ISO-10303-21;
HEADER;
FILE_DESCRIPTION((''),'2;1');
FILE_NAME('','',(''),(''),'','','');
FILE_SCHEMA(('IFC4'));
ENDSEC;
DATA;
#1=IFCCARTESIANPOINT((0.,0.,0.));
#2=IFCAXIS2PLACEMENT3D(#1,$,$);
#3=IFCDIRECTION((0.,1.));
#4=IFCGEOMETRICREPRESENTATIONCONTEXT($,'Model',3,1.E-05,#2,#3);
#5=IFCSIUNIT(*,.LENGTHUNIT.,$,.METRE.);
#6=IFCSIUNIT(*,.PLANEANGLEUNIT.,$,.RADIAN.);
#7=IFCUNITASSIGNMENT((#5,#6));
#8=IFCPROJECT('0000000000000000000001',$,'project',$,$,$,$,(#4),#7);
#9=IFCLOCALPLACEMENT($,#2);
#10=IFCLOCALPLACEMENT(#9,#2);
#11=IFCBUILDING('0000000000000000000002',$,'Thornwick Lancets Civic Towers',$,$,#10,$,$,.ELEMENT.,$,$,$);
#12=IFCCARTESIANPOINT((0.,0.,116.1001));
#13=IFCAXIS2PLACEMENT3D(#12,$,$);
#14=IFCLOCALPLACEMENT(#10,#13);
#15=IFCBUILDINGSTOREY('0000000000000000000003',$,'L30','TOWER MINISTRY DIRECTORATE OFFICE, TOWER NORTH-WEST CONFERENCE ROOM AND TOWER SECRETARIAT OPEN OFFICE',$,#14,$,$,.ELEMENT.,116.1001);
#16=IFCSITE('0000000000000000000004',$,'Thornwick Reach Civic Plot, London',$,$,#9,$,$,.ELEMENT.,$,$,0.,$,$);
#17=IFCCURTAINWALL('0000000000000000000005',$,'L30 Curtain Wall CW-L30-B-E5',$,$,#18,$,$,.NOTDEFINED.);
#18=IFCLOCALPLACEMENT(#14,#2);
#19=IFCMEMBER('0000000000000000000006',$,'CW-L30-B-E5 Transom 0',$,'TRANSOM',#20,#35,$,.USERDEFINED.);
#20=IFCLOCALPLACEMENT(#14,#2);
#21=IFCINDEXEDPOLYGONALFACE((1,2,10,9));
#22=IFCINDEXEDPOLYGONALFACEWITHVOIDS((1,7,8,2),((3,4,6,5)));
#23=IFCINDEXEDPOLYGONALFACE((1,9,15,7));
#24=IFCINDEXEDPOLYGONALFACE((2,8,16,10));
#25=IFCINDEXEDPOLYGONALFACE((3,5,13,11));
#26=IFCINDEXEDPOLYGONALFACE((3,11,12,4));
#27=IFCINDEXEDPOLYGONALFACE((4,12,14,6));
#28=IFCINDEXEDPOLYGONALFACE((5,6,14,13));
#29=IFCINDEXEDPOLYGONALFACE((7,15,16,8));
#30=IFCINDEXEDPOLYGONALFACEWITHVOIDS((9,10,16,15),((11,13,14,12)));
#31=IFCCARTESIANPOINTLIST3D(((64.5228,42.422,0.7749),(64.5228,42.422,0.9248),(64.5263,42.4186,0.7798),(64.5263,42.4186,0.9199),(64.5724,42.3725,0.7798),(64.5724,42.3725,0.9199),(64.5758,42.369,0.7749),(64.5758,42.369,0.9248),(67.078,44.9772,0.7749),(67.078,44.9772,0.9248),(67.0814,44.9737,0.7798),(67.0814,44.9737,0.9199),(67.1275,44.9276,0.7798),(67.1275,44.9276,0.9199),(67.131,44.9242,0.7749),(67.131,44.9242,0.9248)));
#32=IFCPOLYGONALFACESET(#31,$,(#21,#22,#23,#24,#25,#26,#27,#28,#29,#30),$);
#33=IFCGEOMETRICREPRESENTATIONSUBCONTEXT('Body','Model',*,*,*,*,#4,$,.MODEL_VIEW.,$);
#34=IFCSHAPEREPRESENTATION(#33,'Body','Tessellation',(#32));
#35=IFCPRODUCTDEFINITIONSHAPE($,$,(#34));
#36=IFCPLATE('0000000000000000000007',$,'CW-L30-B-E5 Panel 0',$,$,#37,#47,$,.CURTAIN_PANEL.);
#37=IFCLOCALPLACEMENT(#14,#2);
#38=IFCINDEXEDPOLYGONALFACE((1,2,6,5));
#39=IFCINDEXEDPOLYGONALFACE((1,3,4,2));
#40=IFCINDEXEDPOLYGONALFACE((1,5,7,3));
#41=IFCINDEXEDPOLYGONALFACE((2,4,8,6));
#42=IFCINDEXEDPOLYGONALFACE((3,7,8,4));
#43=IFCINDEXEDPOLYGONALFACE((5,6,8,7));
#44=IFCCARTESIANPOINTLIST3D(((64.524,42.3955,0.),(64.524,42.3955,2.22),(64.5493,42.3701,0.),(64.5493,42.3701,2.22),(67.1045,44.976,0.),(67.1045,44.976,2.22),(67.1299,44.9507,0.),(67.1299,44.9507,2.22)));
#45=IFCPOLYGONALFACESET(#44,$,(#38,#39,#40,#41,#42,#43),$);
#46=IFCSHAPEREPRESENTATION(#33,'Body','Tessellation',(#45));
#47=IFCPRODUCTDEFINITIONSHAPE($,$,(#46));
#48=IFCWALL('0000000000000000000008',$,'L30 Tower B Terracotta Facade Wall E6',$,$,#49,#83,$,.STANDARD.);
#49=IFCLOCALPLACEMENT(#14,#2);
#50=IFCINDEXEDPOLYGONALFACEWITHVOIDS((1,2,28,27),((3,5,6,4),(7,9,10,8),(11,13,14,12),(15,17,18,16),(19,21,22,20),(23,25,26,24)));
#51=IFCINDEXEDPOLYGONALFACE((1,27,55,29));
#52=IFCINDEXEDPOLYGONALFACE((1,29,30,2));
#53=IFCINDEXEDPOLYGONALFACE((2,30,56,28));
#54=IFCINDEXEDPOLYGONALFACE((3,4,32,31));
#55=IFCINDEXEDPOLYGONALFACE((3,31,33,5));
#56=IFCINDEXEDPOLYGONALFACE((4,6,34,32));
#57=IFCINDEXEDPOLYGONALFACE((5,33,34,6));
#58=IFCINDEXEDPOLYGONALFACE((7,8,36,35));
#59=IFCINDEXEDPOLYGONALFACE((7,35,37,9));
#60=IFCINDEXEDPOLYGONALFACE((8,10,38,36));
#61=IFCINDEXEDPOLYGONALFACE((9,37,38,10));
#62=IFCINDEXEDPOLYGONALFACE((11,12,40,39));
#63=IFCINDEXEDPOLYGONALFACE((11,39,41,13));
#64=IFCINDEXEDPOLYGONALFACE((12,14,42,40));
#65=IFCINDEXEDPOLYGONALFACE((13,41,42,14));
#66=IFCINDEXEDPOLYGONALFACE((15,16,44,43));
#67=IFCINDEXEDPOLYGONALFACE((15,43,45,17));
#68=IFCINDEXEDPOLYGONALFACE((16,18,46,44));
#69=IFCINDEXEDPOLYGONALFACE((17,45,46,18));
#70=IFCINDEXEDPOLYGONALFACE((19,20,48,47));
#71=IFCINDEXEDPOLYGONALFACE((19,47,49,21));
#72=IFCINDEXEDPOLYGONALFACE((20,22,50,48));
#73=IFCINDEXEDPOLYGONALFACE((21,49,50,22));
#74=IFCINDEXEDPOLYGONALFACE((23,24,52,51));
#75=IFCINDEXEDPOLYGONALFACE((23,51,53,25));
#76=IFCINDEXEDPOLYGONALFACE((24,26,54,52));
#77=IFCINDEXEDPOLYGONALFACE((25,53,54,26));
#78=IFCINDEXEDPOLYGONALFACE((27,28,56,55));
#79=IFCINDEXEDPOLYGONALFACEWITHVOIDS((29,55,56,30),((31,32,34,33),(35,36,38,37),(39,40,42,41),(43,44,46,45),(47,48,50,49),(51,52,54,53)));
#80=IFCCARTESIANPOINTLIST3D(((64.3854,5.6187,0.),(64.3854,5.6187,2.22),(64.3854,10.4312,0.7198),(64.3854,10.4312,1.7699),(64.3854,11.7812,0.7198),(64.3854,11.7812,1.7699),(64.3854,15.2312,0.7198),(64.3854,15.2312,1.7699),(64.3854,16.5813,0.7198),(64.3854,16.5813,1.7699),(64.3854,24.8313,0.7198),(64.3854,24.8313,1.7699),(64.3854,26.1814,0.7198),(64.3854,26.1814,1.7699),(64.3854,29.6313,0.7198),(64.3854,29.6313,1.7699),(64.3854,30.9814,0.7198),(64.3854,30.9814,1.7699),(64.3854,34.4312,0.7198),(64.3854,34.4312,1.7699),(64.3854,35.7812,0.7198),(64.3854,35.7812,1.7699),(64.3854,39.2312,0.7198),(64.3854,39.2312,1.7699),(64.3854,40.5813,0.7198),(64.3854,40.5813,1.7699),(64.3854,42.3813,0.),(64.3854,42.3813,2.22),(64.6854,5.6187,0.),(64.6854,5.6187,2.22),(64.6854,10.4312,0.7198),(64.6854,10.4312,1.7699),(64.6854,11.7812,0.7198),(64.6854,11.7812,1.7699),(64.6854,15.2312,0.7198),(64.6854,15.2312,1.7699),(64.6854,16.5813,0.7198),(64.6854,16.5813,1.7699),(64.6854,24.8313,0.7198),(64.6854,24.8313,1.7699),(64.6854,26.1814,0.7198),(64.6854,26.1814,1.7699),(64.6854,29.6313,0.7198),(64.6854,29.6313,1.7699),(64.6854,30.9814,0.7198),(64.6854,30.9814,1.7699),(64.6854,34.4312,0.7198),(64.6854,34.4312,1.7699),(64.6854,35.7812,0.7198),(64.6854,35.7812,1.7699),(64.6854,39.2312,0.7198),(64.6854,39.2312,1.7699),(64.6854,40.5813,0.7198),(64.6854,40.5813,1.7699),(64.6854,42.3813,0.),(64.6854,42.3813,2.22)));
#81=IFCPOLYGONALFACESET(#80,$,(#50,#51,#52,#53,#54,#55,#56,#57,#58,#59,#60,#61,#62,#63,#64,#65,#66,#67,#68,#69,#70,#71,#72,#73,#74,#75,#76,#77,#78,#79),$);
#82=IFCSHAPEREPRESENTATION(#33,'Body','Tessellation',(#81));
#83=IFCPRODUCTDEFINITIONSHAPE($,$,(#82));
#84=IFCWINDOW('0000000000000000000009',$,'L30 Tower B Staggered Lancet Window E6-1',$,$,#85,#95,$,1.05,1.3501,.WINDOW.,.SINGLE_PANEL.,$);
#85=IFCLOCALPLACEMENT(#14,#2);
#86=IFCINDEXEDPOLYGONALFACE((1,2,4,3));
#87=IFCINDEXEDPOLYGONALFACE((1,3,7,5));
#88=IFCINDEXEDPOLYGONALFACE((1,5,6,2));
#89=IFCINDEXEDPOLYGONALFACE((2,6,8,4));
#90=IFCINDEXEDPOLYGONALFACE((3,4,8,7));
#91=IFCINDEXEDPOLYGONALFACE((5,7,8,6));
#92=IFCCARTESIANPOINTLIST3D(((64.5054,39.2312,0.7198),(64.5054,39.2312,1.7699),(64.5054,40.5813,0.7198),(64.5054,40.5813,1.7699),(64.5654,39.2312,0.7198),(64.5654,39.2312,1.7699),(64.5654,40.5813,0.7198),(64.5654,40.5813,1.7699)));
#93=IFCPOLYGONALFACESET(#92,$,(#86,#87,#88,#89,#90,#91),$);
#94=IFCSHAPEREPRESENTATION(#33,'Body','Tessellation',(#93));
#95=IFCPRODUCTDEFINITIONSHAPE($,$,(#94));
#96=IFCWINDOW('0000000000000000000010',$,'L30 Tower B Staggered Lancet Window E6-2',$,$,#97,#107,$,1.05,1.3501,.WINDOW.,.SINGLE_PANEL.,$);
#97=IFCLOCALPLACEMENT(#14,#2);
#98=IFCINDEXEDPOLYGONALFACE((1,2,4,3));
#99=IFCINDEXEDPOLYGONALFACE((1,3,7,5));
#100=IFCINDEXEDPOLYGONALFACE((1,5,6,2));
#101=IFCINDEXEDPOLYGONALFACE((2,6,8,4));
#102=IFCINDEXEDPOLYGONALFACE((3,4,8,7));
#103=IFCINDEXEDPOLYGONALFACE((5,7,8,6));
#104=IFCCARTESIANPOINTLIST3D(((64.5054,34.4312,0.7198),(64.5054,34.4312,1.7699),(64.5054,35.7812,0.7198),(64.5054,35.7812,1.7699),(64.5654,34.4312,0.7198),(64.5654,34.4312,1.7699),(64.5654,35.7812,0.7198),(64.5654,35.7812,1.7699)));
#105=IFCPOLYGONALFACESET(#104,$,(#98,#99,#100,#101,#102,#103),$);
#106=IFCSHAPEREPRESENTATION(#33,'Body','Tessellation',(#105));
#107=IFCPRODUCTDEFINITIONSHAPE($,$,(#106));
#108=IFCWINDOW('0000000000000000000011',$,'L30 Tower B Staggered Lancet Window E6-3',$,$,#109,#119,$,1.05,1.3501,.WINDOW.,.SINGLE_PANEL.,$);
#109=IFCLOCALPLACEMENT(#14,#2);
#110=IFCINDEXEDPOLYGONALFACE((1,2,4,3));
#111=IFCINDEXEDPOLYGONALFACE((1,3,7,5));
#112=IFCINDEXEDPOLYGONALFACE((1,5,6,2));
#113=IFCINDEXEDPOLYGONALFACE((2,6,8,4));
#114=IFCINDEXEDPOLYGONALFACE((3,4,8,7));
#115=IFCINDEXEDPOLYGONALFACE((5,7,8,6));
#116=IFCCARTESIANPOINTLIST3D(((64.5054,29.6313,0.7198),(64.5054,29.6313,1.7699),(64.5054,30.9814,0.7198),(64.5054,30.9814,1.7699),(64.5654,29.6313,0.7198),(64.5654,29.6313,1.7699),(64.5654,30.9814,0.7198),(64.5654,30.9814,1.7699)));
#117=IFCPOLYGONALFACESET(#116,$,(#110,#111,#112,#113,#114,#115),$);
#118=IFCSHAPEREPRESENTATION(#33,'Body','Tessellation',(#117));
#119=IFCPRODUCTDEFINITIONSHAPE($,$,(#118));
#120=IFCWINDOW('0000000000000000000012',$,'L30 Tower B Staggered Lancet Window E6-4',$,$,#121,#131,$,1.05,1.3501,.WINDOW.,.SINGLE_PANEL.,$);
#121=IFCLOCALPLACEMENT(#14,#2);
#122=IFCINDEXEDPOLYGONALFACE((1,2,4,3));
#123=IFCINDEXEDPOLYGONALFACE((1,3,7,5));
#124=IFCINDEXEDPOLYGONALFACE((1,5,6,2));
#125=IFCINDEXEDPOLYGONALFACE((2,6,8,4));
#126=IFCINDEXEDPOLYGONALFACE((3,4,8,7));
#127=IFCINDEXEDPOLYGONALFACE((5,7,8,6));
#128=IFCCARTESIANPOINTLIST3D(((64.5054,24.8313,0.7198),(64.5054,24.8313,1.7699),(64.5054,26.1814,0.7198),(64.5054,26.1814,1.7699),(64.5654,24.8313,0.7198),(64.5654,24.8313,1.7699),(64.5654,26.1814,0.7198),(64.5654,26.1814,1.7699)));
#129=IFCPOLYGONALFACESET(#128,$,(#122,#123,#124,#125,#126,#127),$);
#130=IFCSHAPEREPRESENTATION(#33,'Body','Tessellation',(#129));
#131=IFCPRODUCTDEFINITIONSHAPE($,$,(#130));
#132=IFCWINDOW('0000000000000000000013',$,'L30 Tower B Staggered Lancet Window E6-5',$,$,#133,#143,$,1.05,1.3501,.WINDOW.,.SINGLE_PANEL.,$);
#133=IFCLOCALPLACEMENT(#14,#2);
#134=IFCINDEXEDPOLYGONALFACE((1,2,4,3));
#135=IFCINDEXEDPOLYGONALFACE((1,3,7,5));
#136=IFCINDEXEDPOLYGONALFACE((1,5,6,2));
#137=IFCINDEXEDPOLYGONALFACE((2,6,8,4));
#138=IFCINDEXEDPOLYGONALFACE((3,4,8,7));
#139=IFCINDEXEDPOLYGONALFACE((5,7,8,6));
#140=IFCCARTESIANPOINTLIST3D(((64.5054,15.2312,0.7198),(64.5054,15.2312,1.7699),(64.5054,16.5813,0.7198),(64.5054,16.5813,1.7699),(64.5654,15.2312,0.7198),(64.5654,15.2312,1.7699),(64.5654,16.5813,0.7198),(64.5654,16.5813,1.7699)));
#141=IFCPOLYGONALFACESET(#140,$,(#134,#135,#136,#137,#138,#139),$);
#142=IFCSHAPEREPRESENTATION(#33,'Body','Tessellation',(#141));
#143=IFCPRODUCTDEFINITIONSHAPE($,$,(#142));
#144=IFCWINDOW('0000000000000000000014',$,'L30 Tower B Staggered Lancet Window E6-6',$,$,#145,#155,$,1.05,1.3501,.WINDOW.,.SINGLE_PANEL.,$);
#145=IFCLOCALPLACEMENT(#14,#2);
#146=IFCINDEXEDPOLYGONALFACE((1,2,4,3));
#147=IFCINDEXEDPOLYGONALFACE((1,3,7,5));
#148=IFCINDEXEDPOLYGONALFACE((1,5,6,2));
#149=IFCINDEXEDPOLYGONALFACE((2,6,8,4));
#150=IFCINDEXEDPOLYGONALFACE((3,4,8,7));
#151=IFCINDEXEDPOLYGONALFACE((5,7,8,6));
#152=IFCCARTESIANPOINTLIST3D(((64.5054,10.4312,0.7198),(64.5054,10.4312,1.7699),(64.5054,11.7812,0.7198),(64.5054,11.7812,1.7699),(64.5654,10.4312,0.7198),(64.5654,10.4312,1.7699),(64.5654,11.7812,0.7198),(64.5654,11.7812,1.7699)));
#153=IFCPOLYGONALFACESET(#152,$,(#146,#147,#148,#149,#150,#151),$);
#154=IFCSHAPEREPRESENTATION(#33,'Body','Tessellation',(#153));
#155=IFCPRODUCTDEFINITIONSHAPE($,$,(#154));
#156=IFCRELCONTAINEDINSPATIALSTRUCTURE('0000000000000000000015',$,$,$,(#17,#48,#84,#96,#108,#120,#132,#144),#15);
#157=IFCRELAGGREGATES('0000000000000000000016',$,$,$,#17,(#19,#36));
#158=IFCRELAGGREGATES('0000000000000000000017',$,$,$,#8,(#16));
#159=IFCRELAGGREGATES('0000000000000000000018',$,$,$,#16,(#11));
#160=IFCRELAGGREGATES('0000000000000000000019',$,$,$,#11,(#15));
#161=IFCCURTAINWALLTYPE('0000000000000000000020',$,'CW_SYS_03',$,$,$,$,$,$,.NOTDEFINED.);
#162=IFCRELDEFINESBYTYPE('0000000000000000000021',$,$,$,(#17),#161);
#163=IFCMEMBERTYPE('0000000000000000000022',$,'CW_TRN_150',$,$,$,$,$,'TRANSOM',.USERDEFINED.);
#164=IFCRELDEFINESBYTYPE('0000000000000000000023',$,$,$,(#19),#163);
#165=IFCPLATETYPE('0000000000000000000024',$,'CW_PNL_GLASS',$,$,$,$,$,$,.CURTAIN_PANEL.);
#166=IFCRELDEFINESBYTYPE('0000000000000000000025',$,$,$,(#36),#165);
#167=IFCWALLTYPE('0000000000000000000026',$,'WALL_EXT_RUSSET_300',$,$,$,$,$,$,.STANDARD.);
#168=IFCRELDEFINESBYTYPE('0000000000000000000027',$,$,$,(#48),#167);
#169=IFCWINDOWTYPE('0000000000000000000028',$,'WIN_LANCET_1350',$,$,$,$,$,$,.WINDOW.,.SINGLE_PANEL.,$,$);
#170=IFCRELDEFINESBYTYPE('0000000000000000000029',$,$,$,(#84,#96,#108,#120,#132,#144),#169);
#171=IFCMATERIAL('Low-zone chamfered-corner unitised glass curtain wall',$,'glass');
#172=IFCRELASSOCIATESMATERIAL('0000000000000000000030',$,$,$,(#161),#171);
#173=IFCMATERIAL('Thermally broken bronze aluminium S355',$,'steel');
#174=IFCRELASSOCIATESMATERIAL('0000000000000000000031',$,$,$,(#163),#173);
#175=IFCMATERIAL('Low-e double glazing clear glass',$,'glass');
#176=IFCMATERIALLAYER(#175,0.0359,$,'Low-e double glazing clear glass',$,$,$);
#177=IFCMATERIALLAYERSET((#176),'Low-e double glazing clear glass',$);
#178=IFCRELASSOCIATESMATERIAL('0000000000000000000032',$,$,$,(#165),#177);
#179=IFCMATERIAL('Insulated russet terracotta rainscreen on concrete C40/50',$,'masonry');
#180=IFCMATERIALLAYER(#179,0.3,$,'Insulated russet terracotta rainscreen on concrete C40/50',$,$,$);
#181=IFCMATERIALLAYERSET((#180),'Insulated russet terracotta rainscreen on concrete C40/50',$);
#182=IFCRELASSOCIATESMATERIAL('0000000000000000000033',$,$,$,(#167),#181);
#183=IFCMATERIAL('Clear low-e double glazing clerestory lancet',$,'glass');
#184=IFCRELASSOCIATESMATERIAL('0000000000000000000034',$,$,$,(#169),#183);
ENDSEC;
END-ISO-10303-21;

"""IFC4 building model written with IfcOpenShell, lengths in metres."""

from ifc_helpers import new_model, si_unit, direction, frame, frame_2d, origin, origin_2d, place, context, subcontext, project, spatial, rectangle, hollow_rectangle, extrude, material, layer, layer_set, material_profile, profile_set, type_object, element, fill, aggregate, save


model = new_model("IFC4")

# Units and contexts
model_context = context("Model", 3, precision=1e-05, world=origin(), true_north=direction((0.0, 1.0)))
body_context = subcontext(model_context, "Body", "Model", "MODEL_VIEW")
ifc_project = project(units=[si_unit("LENGTHUNIT", "METRE"), si_unit("PLANEANGLEUNIT", "RADIAN")], contexts=[model_context])

# Site, building, storey
site_placement = place(None, origin())
site = spatial("IfcSite", under=ifc_project, at=site_placement, Name="Thornwick Reach Civic Plot, London", CompositionType="ELEMENT", RefElevation=0.0)
building_placement = place(site_placement, origin())
building = spatial("IfcBuilding", under=site, at=building_placement, Name="Thornwick Lancets Civic Towers", CompositionType="ELEMENT")
storey_placement = place(building_placement, frame((0.0, 0.0, 116.1001)))
storey = spatial("IfcBuildingStorey", under=building, at=storey_placement, Name="L30", Description="TOWER MINISTRY DIRECTORATE OFFICE, TOWER NORTH-WEST CONFERENCE ROOM AND TOWER SECRETARIAT OPEN OFFICE", CompositionType="ELEMENT", Elevation=116.1001)

# Shared definitions
ifc_material_1 = material(Name="Low-zone chamfered-corner unitised glass curtain wall", Category="glass")
curtain_wall_type = type_object("IfcCurtainWallType", Name="CW_SYS_03", PredefinedType="NOTDEFINED", material=ifc_material_1)
ifc_material_2 = material(Name="Thermally broken bronze aluminium S355", Category="steel")

# Curtain wall
curtain_wall_1_placement = place(storey_placement, origin())
curtain_wall_1 = element("IfcCurtainWall", 1, at=curtain_wall_1_placement, inside=storey, type_object=curtain_wall_type, Name="L30 Curtain Wall CW-L30-B-E5", PredefinedType="NOTDEFINED")

# Member
ifc_material_profile_1 = material_profile(ifc_material_2, hollow_rectangle(XDim=0.075, YDim=0.1499, WallThickness=0.0049, at=origin_2d()), Name="RHS 150x75x5")
ifc_profile_set_1 = profile_set([ifc_material_profile_1], Name="Thermally broken bronze aluminium S355")
member_type_1 = type_object("IfcMemberType", Name="CW_TRN_150", ElementType="TRANSOM", PredefinedType="USERDEFINED", material=ifc_profile_set_1)
member_1_placement = place(storey_placement, frame((67.1045, 44.9507, 0.8499), z_axis=(-0.707107, -0.707107, 0.0), x_axis=(0.707107, -0.707107, 0.0)))
member_1 = element("IfcMember", 2, at=member_1_placement, type_object=member_type_1, Name="CW-L30-B-E5 Transom 0", ObjectType="TRANSOM", PredefinedType="USERDEFINED", context=body_context, shape_type="SweptSolid", body=[
    extrude(hollow_rectangle(XDim=0.075, YDim=0.1499, WallThickness=0.0049, at=origin_2d()), origin(), (0.0, 0.0, 1.0), 3.6135),
])

# Plate
ifc_material_3 = material(Name="Low-e double glazing clear glass", Category="glass")
ifc_layer_1 = layer(ifc_material_3, 0.0359, Name="Low-e double glazing clear glass")
ifc_layer_set_1 = layer_set([ifc_layer_1], Name="Low-e double glazing clear glass")
plate_type = type_object("IfcPlateType", Name="CW_PNL_GLASS", PredefinedType="CURTAIN_PANEL", material=ifc_layer_set_1)
plate_placement = place(storey_placement, frame((65.8269, 43.6731, 0.0), z_axis=(0.0, 0.0, 1.0), x_axis=(-0.707107, -0.707107, 0.0)))
plate = element("IfcPlate", 3, at=plate_placement, type_object=plate_type, Name="CW-L30-B-E5 Panel 0", PredefinedType="CURTAIN_PANEL", context=body_context, shape_type="SweptSolid", body=[
    extrude(rectangle(XDim=3.6494, YDim=0.0359, at=origin_2d()), origin(), (0.0, 0.0, 1.0), 2.22),
])
aggregate(curtain_wall_1, [member_1, plate])

# Wall, openings, windows
ifc_material_4 = material(Name="Insulated russet terracotta rainscreen on concrete C40/50", Category="masonry")
ifc_layer_2 = layer(ifc_material_4, 0.3, Name="Insulated russet terracotta rainscreen on concrete C40/50")
ifc_layer_set_2 = layer_set([ifc_layer_2], Name="Insulated russet terracotta rainscreen on concrete C40/50")
wall_type_1 = type_object("IfcWallType", Name="WALL_EXT_RUSSET_300", PredefinedType="STANDARD", material=ifc_layer_set_2)
wall_1_placement = place(storey_placement, frame((64.5354, 42.3813, 0.0), z_axis=(0.0, 0.0, 1.0), x_axis=(0.0, -1.0, 0.0)))
wall_1 = element("IfcWall", 4, at=wall_1_placement, inside=storey, type_object=wall_type_1, Name="L30 Tower B Terracotta Facade Wall E6", PredefinedType="STANDARD", context=body_context, shape_type="SweptSolid", body=[
    extrude(rectangle(XDim=36.7627, YDim=0.3, at=frame_2d((18.3813, 0.0))), origin(), (0.0, 0.0, 1.0), 2.22),
])
opening_1_placement = place(wall_1_placement, frame((1.8, 0.0, 0.72)))
opening_1 = element("IfcOpeningElement", 5, at=opening_1_placement, cuts=wall_1, PredefinedType="OPENING", context=body_context, shape_type="SweptSolid", body=[
    extrude(rectangle(XDim=1.3501, YDim=1.05, at=frame_2d((0.675, 0.5249))), frame((0.0, 0.1602, 0.0), z_axis=(0.0, -1.0, 0.0), x_axis=(1.0, 0.0, 0.0)), (0.0, 0.0, 1.0), 0.3201),
])
opening_2_placement = place(wall_1_placement, frame((6.6001, 0.0, 0.72)))
opening_2 = element("IfcOpeningElement", 6, at=opening_2_placement, cuts=wall_1, PredefinedType="OPENING", context=body_context, shape_type="SweptSolid", body=[
    extrude(rectangle(XDim=1.3501, YDim=1.05, at=frame_2d((0.675, 0.5249))), frame((0.0, 0.1602, 0.0), z_axis=(0.0, -1.0, 0.0), x_axis=(1.0, 0.0, 0.0)), (0.0, 0.0, 1.0), 0.3201),
])
opening_3_placement = place(wall_1_placement, frame((11.3999, 0.0, 0.72)))
opening_3 = element("IfcOpeningElement", 7, at=opening_3_placement, cuts=wall_1, PredefinedType="OPENING", context=body_context, shape_type="SweptSolid", body=[
    extrude(rectangle(XDim=1.3501, YDim=1.05, at=frame_2d((0.675, 0.5249))), frame((0.0, 0.1602, 0.0), z_axis=(0.0, -1.0, 0.0), x_axis=(1.0, 0.0, 0.0)), (0.0, 0.0, 1.0), 0.3201),
])
opening_4_placement = place(wall_1_placement, frame((16.2, 0.0, 0.72)))
opening_4 = element("IfcOpeningElement", 8, at=opening_4_placement, cuts=wall_1, PredefinedType="OPENING", context=body_context, shape_type="SweptSolid", body=[
    extrude(rectangle(XDim=1.3501, YDim=1.05, at=frame_2d((0.675, 0.5249))), frame((0.0, 0.1602, 0.0), z_axis=(0.0, -1.0, 0.0), x_axis=(1.0, 0.0, 0.0)), (0.0, 0.0, 1.0), 0.3201),
])
opening_5_placement = place(wall_1_placement, frame((25.8, 0.0, 0.72)))
opening_5 = element("IfcOpeningElement", 9, at=opening_5_placement, cuts=wall_1, PredefinedType="OPENING", context=body_context, shape_type="SweptSolid", body=[
    extrude(rectangle(XDim=1.3501, YDim=1.05, at=frame_2d((0.675, 0.5249))), frame((0.0, 0.1602, 0.0), z_axis=(0.0, -1.0, 0.0), x_axis=(1.0, 0.0, 0.0)), (0.0, 0.0, 1.0), 0.3201),
])
opening_6_placement = place(wall_1_placement, frame((30.6001, 0.0, 0.72)))
opening_6 = element("IfcOpeningElement", 10, at=opening_6_placement, cuts=wall_1, PredefinedType="OPENING", context=body_context, shape_type="SweptSolid", body=[
    extrude(rectangle(XDim=1.3501, YDim=1.05, at=frame_2d((0.675, 0.5249))), frame((0.0, 0.1602, 0.0), z_axis=(0.0, -1.0, 0.0), x_axis=(1.0, 0.0, 0.0)), (0.0, 0.0, 1.0), 0.3201),
])
ifc_material_5 = material(Name="Clear low-e double glazing clerestory lancet", Category="glass")
window_type = type_object("IfcWindowType", Name="WIN_LANCET_1350", PartitioningType="SINGLE_PANEL", PredefinedType="WINDOW", material=ifc_material_5)
window_1_placement = place(opening_1_placement, origin())
window_1 = element("IfcWindow", 11, at=window_1_placement, inside=storey, type_object=window_type, Name="L30 Tower B Staggered Lancet Window E6-1", OverallHeight=1.05, OverallWidth=1.3501, PartitioningType="SINGLE_PANEL", PredefinedType="WINDOW", context=body_context, shape_type="SweptSolid", body=[
    extrude(rectangle(XDim=1.3501, YDim=1.05, at=frame_2d((0.675, 0.5249))), frame((0.0, 0.03, 0.0), z_axis=(0.0, -1.0, 0.0), x_axis=(1.0, 0.0, 0.0)), (0.0, 0.0, 1.0), 0.0601),
])
fill(opening_1, window_1)
window_2_placement = place(opening_2_placement, origin())
window_2 = element("IfcWindow", 12, at=window_2_placement, inside=storey, type_object=window_type, Name="L30 Tower B Staggered Lancet Window E6-2", OverallHeight=1.05, OverallWidth=1.3501, PartitioningType="SINGLE_PANEL", PredefinedType="WINDOW", context=body_context, shape_type="SweptSolid", body=[
    extrude(rectangle(XDim=1.3501, YDim=1.05, at=frame_2d((0.675, 0.5249))), frame((0.0, 0.03, 0.0), z_axis=(0.0, -1.0, 0.0), x_axis=(1.0, 0.0, 0.0)), (0.0, 0.0, 1.0), 0.0601),
])
fill(opening_2, window_2)
window_3_placement = place(opening_3_placement, origin())
window_3 = element("IfcWindow", 13, at=window_3_placement, inside=storey, type_object=window_type, Name="L30 Tower B Staggered Lancet Window E6-3", OverallHeight=1.05, OverallWidth=1.3501, PartitioningType="SINGLE_PANEL", PredefinedType="WINDOW", context=body_context, shape_type="SweptSolid", body=[
    extrude(rectangle(XDim=1.3501, YDim=1.05, at=frame_2d((0.675, 0.5249))), frame((0.0, 0.03, 0.0), z_axis=(0.0, -1.0, 0.0), x_axis=(1.0, 0.0, 0.0)), (0.0, 0.0, 1.0), 0.0601),
])
fill(opening_3, window_3)
window_4_placement = place(opening_4_placement, origin())
window_4 = element("IfcWindow", 14, at=window_4_placement, inside=storey, type_object=window_type, Name="L30 Tower B Staggered Lancet Window E6-4", OverallHeight=1.05, OverallWidth=1.3501, PartitioningType="SINGLE_PANEL", PredefinedType="WINDOW", context=body_context, shape_type="SweptSolid", body=[
    extrude(rectangle(XDim=1.3501, YDim=1.05, at=frame_2d((0.675, 0.5249))), frame((0.0, 0.03, 0.0), z_axis=(0.0, -1.0, 0.0), x_axis=(1.0, 0.0, 0.0)), (0.0, 0.0, 1.0), 0.0601),
])
fill(opening_4, window_4)
window_5_placement = place(opening_5_placement, origin())
window_5 = element("IfcWindow", 15, at=window_5_placement, inside=storey, type_object=window_type, Name="L30 Tower B Staggered Lancet Window E6-5", OverallHeight=1.05, OverallWidth=1.3501, PartitioningType="SINGLE_PANEL", PredefinedType="WINDOW", context=body_context, shape_type="SweptSolid", body=[
    extrude(rectangle(XDim=1.3501, YDim=1.05, at=frame_2d((0.675, 0.5249))), frame((0.0, 0.03, 0.0), z_axis=(0.0, -1.0, 0.0), x_axis=(1.0, 0.0, 0.0)), (0.0, 0.0, 1.0), 0.0601),
])
fill(opening_5, window_5)
window_6_placement = place(opening_6_placement, origin())
window_6 = element("IfcWindow", 16, at=window_6_placement, inside=storey, type_object=window_type, Name="L30 Tower B Staggered Lancet Window E6-6", OverallHeight=1.05, OverallWidth=1.3501, PartitioningType="SINGLE_PANEL", PredefinedType="WINDOW", context=body_context, shape_type="SweptSolid", body=[
    extrude(rectangle(XDim=1.3501, YDim=1.05, at=frame_2d((0.675, 0.5249))), frame((0.0, 0.03, 0.0), z_axis=(0.0, -1.0, 0.0), x_axis=(1.0, 0.0, 0.0)), (0.0, 0.0, 1.0), 0.0601),
])
fill(opening_6, window_6)

save(model, "model.ifc")
